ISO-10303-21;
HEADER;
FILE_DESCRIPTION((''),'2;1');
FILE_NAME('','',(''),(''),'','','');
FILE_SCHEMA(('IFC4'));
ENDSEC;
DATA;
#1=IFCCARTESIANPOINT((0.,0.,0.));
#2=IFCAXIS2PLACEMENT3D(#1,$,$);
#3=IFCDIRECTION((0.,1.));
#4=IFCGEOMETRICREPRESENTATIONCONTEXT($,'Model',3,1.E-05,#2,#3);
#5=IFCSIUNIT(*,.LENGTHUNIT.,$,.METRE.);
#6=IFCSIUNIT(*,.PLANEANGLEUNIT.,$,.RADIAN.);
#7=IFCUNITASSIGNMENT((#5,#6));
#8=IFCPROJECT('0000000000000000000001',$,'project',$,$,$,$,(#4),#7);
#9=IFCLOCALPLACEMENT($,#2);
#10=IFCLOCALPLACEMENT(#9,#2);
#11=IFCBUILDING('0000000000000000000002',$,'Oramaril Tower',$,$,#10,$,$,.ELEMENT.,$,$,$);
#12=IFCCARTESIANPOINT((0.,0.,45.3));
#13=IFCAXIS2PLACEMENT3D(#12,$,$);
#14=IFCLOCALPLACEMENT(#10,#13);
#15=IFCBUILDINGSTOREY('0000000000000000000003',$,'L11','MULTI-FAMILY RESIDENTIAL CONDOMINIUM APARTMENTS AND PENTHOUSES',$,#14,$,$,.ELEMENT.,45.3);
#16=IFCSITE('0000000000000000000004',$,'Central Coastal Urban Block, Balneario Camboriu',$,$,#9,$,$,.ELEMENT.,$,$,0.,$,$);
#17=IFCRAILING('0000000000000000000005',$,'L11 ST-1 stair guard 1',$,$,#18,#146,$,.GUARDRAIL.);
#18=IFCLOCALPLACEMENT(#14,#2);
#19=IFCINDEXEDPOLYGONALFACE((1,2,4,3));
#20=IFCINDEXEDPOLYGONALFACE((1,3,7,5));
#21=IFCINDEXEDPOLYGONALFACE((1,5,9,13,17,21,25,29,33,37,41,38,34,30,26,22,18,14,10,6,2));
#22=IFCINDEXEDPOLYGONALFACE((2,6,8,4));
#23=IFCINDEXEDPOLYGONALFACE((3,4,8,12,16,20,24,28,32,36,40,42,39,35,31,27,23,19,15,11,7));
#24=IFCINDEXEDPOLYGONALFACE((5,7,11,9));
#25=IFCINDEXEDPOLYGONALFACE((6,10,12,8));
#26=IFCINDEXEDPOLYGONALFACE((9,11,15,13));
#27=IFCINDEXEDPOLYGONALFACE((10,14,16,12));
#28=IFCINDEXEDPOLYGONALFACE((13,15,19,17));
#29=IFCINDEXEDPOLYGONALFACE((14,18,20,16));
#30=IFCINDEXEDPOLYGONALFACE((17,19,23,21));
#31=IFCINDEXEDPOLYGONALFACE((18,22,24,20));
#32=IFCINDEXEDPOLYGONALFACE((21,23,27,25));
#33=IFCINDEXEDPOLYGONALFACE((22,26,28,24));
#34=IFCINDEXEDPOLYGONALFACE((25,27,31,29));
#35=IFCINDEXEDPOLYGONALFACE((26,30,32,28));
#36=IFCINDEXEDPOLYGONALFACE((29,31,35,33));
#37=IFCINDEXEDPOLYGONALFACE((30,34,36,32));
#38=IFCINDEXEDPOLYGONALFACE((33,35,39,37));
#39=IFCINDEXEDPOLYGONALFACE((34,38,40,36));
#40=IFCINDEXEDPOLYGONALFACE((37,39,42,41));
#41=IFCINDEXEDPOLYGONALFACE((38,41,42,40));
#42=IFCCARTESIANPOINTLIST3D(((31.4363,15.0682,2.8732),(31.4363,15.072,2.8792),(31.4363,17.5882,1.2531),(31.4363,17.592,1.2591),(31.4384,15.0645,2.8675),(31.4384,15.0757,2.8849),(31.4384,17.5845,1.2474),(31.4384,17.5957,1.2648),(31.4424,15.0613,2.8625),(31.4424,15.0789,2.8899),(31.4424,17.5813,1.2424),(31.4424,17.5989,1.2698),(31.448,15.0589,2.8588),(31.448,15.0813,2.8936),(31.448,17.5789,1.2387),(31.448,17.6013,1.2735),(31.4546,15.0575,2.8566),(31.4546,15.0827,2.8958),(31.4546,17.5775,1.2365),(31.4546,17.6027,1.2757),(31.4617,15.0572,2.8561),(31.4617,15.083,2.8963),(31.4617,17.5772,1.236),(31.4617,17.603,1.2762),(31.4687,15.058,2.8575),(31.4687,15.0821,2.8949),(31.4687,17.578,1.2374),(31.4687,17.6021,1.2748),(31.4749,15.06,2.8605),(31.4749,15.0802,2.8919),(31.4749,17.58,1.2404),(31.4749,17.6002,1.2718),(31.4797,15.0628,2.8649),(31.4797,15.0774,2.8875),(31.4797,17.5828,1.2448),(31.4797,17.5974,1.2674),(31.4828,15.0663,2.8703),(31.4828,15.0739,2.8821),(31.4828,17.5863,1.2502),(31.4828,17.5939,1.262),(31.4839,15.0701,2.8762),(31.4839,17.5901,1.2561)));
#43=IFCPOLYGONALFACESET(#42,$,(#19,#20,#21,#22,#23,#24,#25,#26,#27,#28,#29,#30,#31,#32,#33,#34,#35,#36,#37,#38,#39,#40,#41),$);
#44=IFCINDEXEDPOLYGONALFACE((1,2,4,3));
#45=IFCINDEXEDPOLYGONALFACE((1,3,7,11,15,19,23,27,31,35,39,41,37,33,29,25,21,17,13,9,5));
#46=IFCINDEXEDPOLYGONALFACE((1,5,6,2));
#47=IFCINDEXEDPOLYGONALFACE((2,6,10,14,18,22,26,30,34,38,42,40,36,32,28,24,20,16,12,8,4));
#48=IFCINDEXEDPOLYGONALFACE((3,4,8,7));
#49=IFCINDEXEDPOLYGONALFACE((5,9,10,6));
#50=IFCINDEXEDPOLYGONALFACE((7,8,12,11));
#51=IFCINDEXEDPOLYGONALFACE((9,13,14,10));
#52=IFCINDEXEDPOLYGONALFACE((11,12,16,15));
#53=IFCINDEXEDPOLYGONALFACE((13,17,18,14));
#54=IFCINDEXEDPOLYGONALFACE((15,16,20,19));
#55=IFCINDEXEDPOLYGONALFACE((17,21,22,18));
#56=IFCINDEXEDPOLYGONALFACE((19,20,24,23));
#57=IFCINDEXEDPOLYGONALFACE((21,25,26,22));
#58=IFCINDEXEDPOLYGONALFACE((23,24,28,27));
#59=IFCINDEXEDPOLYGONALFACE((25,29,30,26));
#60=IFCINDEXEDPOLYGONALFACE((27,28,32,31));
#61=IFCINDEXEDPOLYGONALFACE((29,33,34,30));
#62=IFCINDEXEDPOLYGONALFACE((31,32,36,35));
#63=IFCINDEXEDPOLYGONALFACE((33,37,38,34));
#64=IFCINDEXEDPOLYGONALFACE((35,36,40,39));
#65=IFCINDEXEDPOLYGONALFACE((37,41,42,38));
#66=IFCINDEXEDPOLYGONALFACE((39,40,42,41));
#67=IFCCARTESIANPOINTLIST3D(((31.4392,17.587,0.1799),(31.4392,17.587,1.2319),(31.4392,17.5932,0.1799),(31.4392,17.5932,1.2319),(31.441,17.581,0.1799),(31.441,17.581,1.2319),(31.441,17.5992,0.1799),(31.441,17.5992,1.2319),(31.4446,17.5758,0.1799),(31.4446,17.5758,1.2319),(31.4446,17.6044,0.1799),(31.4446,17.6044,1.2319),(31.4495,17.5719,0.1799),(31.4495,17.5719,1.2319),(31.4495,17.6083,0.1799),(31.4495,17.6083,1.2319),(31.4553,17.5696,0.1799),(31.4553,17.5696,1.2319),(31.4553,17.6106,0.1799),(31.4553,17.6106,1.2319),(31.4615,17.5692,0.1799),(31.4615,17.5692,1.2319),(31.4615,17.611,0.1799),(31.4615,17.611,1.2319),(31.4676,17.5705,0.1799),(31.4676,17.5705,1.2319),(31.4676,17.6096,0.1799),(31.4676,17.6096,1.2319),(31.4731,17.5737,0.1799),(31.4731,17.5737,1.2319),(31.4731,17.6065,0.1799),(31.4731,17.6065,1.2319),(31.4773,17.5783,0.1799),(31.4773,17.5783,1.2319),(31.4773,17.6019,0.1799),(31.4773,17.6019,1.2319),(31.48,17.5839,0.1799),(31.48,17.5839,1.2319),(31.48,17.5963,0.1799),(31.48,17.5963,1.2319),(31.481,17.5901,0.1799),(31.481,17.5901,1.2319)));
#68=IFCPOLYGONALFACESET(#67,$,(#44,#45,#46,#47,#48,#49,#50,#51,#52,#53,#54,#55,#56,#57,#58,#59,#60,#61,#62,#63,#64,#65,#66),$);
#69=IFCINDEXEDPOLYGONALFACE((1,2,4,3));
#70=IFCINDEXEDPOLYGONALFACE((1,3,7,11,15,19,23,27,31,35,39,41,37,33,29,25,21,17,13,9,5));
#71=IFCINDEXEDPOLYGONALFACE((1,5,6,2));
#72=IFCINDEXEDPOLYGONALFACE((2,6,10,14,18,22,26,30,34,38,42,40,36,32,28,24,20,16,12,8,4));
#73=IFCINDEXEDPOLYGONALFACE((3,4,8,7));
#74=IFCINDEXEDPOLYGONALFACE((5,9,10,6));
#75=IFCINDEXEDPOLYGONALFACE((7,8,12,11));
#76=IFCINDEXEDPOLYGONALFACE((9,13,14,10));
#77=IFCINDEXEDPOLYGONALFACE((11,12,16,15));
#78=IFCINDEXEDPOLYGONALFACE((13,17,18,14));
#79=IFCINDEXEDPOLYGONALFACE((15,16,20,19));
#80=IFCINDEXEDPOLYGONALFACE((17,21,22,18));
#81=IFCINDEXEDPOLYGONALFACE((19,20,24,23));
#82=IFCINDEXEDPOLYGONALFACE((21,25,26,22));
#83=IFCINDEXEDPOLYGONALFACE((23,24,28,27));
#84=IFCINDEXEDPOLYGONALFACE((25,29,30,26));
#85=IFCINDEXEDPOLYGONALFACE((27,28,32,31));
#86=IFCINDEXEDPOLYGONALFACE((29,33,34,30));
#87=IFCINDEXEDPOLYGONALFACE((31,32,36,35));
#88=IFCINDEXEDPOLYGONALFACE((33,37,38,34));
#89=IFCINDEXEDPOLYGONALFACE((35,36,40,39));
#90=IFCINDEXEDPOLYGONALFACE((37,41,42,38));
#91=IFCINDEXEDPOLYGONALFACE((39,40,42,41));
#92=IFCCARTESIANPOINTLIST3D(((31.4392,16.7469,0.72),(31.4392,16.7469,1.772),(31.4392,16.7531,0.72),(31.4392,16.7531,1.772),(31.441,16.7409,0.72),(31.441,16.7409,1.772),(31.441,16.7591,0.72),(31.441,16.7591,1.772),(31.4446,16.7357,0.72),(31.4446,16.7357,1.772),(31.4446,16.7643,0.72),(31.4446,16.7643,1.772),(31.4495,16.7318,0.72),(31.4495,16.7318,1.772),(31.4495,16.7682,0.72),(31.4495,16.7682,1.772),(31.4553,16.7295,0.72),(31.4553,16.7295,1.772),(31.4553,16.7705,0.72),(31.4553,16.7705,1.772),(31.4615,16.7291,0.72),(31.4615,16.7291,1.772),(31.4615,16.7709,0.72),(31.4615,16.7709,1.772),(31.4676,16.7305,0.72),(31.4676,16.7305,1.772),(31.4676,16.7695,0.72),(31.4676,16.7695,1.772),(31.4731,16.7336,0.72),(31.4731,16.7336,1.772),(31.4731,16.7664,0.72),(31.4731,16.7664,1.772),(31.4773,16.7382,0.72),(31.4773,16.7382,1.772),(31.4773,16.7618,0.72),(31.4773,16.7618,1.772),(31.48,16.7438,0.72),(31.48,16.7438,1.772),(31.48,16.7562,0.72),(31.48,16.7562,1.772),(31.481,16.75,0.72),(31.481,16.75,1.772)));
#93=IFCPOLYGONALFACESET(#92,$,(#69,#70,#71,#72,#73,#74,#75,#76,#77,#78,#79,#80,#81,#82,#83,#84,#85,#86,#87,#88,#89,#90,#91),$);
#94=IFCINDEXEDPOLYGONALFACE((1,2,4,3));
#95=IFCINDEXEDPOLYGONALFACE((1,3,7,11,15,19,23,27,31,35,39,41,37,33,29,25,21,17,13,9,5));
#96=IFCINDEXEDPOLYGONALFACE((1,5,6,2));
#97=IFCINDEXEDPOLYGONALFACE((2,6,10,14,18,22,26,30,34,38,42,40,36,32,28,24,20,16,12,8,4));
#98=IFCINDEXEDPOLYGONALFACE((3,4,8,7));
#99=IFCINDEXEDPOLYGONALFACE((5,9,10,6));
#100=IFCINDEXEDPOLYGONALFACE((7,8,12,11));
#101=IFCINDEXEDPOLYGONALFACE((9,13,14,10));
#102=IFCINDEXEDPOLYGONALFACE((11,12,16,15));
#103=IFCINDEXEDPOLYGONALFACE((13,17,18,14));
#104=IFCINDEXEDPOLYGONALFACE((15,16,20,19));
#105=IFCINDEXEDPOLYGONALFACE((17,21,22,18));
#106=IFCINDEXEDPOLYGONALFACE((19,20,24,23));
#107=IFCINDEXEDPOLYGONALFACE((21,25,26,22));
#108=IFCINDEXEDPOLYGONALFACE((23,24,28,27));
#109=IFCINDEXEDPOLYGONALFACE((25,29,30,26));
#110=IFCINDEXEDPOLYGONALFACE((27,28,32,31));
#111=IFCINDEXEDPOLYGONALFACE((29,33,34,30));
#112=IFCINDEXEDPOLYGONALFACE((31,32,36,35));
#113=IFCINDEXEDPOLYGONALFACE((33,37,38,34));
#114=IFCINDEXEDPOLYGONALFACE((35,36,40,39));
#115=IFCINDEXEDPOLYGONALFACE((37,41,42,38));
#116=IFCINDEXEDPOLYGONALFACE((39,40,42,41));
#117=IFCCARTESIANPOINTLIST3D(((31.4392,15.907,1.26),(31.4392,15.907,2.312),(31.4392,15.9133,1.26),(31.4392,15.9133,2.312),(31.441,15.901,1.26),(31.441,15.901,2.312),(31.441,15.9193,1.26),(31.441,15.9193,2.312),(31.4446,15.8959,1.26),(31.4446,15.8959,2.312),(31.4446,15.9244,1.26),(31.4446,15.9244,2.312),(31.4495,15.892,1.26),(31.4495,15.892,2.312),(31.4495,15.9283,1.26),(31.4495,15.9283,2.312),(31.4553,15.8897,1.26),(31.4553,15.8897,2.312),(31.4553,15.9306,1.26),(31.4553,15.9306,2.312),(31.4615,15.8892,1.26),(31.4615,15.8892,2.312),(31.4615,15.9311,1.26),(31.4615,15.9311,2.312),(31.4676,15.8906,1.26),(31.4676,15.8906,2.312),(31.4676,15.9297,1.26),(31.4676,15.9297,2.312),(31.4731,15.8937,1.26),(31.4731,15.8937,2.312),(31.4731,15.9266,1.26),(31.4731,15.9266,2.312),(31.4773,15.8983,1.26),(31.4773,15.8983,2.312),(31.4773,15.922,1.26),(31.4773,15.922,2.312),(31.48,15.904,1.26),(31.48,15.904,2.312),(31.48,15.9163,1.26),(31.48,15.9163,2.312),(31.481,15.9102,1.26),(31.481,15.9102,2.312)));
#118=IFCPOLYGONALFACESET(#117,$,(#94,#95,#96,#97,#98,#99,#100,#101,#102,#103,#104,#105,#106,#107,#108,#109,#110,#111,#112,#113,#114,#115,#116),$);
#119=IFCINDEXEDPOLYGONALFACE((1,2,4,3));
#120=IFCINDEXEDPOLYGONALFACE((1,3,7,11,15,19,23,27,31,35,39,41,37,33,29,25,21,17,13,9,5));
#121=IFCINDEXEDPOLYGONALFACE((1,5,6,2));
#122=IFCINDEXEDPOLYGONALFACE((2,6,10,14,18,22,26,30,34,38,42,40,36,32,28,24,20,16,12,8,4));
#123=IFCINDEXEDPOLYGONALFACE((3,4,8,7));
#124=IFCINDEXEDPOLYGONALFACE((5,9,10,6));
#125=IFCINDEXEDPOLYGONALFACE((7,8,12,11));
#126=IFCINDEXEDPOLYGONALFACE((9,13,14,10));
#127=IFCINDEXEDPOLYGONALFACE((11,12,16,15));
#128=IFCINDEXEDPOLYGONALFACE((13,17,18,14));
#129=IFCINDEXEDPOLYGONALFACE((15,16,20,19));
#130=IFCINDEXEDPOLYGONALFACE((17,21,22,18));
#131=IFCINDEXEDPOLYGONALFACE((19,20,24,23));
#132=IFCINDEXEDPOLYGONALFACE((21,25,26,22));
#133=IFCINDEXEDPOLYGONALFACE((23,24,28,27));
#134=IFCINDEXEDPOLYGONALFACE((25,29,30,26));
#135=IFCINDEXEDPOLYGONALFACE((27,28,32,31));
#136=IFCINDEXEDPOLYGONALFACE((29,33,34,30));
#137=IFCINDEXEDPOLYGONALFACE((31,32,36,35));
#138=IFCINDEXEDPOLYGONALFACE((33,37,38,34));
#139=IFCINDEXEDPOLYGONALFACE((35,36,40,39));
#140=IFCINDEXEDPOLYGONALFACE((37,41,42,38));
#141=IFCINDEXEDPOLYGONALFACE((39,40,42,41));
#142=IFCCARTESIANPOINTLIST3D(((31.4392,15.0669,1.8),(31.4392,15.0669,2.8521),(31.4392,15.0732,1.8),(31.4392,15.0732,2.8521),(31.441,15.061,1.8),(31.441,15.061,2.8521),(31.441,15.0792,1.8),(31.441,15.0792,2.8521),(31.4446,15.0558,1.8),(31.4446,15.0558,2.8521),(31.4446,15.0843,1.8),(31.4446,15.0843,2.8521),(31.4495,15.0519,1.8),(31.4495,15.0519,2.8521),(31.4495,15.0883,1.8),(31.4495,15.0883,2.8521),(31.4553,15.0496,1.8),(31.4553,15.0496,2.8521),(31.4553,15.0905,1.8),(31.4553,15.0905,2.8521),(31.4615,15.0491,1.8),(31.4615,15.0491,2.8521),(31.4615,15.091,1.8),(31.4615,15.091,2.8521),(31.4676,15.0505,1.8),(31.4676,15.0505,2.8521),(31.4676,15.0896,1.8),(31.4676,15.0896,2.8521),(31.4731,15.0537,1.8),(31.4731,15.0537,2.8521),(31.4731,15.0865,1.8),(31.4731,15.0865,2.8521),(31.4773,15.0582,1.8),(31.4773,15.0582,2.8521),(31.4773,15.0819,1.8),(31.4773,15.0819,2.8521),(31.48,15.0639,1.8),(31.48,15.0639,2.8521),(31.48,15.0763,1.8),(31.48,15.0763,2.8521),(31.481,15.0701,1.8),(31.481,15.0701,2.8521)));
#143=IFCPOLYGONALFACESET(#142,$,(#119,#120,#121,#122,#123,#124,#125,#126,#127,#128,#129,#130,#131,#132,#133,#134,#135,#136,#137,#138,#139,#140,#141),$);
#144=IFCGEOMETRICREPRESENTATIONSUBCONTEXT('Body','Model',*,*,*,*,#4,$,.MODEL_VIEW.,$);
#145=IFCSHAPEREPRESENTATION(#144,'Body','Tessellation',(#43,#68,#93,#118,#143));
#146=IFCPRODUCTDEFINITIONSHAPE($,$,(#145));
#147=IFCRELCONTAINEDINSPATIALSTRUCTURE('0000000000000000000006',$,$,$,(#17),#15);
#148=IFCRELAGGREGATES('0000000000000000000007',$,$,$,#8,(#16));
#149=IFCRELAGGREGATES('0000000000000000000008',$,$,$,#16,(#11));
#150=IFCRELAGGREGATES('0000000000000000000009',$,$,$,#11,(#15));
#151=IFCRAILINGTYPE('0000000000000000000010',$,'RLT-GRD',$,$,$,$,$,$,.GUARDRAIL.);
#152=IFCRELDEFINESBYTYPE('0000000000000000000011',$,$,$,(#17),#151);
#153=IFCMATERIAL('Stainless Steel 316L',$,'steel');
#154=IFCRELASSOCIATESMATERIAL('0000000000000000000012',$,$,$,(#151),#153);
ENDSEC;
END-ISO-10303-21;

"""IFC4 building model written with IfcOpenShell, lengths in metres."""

from ifc_helpers import new_model, si_unit, direction, frame, origin, origin_2d, place, context, subcontext, project, spatial, circle, extrude, material, type_object, element, save


model = new_model("IFC4")

# Units and contexts
model_context = context("Model", 3, precision=1e-05, world=origin(), true_north=direction((0.0, 1.0)))
body_context = subcontext(model_context, "Body", "Model", "MODEL_VIEW")
ifc_project = project(units=[si_unit("LENGTHUNIT", "METRE"), si_unit("PLANEANGLEUNIT", "RADIAN")], contexts=[model_context])

# Site, building, storey
site_placement = place(None, origin())
site = spatial("IfcSite", under=ifc_project, at=site_placement, Name="Central Coastal Urban Block, Balneario Camboriu", CompositionType="ELEMENT", RefElevation=0.0)
building_placement = place(site_placement, origin())
building = spatial("IfcBuilding", under=site, at=building_placement, Name="Oramaril Tower", CompositionType="ELEMENT")
storey_placement = place(building_placement, frame((0.0, 0.0, 45.3)))
storey = spatial("IfcBuildingStorey", under=building, at=storey_placement, Name="L11", Description="MULTI-FAMILY RESIDENTIAL CONDOMINIUM APARTMENTS AND PENTHOUSES", CompositionType="ELEMENT", Elevation=45.3)

# Railing
ifc_material_1 = material(Name="Stainless Steel 316L", Category="steel")
railing_type_1 = type_object("IfcRailingType", Name="RLT-GRD", PredefinedType="GUARDRAIL", material=ifc_material_1)
railing_1_placement = place(storey_placement, frame((31.46, 17.5901, 0.1799)))
element("IfcRailing", 1, at=railing_1_placement, inside=storey, type_object=railing_type_1, Name="L11 ST-1 stair guard 1", PredefinedType="GUARDRAIL", context=body_context, shape_type="SweptSolid", body=[
    extrude(circle(Radius=0.0239, at=origin_2d()), frame((0.0, 0.0, 1.0762), z_axis=(0.0, -0.841163, 0.540782), x_axis=(1.0, 0.0, 0.0)), (0.0, 0.0, 1.0), 2.9958),
    extrude(circle(Radius=0.021, at=origin_2d()), origin(), (0.0, 0.0, 1.0), 1.052),
    extrude(circle(Radius=0.021, at=origin_2d()), frame((0.0, -0.8401, 0.54)), (0.0, 0.0, 1.0), 1.052),
    extrude(circle(Radius=0.021, at=origin_2d()), frame((0.0, -1.6799, 1.0801)), (0.0, 0.0, 1.0), 1.052),
    extrude(circle(Radius=0.021, at=origin_2d()), frame((0.0, -2.52, 1.6201)), (0.0, 0.0, 1.0), 1.052),
])

save(model, "model.ifc")
